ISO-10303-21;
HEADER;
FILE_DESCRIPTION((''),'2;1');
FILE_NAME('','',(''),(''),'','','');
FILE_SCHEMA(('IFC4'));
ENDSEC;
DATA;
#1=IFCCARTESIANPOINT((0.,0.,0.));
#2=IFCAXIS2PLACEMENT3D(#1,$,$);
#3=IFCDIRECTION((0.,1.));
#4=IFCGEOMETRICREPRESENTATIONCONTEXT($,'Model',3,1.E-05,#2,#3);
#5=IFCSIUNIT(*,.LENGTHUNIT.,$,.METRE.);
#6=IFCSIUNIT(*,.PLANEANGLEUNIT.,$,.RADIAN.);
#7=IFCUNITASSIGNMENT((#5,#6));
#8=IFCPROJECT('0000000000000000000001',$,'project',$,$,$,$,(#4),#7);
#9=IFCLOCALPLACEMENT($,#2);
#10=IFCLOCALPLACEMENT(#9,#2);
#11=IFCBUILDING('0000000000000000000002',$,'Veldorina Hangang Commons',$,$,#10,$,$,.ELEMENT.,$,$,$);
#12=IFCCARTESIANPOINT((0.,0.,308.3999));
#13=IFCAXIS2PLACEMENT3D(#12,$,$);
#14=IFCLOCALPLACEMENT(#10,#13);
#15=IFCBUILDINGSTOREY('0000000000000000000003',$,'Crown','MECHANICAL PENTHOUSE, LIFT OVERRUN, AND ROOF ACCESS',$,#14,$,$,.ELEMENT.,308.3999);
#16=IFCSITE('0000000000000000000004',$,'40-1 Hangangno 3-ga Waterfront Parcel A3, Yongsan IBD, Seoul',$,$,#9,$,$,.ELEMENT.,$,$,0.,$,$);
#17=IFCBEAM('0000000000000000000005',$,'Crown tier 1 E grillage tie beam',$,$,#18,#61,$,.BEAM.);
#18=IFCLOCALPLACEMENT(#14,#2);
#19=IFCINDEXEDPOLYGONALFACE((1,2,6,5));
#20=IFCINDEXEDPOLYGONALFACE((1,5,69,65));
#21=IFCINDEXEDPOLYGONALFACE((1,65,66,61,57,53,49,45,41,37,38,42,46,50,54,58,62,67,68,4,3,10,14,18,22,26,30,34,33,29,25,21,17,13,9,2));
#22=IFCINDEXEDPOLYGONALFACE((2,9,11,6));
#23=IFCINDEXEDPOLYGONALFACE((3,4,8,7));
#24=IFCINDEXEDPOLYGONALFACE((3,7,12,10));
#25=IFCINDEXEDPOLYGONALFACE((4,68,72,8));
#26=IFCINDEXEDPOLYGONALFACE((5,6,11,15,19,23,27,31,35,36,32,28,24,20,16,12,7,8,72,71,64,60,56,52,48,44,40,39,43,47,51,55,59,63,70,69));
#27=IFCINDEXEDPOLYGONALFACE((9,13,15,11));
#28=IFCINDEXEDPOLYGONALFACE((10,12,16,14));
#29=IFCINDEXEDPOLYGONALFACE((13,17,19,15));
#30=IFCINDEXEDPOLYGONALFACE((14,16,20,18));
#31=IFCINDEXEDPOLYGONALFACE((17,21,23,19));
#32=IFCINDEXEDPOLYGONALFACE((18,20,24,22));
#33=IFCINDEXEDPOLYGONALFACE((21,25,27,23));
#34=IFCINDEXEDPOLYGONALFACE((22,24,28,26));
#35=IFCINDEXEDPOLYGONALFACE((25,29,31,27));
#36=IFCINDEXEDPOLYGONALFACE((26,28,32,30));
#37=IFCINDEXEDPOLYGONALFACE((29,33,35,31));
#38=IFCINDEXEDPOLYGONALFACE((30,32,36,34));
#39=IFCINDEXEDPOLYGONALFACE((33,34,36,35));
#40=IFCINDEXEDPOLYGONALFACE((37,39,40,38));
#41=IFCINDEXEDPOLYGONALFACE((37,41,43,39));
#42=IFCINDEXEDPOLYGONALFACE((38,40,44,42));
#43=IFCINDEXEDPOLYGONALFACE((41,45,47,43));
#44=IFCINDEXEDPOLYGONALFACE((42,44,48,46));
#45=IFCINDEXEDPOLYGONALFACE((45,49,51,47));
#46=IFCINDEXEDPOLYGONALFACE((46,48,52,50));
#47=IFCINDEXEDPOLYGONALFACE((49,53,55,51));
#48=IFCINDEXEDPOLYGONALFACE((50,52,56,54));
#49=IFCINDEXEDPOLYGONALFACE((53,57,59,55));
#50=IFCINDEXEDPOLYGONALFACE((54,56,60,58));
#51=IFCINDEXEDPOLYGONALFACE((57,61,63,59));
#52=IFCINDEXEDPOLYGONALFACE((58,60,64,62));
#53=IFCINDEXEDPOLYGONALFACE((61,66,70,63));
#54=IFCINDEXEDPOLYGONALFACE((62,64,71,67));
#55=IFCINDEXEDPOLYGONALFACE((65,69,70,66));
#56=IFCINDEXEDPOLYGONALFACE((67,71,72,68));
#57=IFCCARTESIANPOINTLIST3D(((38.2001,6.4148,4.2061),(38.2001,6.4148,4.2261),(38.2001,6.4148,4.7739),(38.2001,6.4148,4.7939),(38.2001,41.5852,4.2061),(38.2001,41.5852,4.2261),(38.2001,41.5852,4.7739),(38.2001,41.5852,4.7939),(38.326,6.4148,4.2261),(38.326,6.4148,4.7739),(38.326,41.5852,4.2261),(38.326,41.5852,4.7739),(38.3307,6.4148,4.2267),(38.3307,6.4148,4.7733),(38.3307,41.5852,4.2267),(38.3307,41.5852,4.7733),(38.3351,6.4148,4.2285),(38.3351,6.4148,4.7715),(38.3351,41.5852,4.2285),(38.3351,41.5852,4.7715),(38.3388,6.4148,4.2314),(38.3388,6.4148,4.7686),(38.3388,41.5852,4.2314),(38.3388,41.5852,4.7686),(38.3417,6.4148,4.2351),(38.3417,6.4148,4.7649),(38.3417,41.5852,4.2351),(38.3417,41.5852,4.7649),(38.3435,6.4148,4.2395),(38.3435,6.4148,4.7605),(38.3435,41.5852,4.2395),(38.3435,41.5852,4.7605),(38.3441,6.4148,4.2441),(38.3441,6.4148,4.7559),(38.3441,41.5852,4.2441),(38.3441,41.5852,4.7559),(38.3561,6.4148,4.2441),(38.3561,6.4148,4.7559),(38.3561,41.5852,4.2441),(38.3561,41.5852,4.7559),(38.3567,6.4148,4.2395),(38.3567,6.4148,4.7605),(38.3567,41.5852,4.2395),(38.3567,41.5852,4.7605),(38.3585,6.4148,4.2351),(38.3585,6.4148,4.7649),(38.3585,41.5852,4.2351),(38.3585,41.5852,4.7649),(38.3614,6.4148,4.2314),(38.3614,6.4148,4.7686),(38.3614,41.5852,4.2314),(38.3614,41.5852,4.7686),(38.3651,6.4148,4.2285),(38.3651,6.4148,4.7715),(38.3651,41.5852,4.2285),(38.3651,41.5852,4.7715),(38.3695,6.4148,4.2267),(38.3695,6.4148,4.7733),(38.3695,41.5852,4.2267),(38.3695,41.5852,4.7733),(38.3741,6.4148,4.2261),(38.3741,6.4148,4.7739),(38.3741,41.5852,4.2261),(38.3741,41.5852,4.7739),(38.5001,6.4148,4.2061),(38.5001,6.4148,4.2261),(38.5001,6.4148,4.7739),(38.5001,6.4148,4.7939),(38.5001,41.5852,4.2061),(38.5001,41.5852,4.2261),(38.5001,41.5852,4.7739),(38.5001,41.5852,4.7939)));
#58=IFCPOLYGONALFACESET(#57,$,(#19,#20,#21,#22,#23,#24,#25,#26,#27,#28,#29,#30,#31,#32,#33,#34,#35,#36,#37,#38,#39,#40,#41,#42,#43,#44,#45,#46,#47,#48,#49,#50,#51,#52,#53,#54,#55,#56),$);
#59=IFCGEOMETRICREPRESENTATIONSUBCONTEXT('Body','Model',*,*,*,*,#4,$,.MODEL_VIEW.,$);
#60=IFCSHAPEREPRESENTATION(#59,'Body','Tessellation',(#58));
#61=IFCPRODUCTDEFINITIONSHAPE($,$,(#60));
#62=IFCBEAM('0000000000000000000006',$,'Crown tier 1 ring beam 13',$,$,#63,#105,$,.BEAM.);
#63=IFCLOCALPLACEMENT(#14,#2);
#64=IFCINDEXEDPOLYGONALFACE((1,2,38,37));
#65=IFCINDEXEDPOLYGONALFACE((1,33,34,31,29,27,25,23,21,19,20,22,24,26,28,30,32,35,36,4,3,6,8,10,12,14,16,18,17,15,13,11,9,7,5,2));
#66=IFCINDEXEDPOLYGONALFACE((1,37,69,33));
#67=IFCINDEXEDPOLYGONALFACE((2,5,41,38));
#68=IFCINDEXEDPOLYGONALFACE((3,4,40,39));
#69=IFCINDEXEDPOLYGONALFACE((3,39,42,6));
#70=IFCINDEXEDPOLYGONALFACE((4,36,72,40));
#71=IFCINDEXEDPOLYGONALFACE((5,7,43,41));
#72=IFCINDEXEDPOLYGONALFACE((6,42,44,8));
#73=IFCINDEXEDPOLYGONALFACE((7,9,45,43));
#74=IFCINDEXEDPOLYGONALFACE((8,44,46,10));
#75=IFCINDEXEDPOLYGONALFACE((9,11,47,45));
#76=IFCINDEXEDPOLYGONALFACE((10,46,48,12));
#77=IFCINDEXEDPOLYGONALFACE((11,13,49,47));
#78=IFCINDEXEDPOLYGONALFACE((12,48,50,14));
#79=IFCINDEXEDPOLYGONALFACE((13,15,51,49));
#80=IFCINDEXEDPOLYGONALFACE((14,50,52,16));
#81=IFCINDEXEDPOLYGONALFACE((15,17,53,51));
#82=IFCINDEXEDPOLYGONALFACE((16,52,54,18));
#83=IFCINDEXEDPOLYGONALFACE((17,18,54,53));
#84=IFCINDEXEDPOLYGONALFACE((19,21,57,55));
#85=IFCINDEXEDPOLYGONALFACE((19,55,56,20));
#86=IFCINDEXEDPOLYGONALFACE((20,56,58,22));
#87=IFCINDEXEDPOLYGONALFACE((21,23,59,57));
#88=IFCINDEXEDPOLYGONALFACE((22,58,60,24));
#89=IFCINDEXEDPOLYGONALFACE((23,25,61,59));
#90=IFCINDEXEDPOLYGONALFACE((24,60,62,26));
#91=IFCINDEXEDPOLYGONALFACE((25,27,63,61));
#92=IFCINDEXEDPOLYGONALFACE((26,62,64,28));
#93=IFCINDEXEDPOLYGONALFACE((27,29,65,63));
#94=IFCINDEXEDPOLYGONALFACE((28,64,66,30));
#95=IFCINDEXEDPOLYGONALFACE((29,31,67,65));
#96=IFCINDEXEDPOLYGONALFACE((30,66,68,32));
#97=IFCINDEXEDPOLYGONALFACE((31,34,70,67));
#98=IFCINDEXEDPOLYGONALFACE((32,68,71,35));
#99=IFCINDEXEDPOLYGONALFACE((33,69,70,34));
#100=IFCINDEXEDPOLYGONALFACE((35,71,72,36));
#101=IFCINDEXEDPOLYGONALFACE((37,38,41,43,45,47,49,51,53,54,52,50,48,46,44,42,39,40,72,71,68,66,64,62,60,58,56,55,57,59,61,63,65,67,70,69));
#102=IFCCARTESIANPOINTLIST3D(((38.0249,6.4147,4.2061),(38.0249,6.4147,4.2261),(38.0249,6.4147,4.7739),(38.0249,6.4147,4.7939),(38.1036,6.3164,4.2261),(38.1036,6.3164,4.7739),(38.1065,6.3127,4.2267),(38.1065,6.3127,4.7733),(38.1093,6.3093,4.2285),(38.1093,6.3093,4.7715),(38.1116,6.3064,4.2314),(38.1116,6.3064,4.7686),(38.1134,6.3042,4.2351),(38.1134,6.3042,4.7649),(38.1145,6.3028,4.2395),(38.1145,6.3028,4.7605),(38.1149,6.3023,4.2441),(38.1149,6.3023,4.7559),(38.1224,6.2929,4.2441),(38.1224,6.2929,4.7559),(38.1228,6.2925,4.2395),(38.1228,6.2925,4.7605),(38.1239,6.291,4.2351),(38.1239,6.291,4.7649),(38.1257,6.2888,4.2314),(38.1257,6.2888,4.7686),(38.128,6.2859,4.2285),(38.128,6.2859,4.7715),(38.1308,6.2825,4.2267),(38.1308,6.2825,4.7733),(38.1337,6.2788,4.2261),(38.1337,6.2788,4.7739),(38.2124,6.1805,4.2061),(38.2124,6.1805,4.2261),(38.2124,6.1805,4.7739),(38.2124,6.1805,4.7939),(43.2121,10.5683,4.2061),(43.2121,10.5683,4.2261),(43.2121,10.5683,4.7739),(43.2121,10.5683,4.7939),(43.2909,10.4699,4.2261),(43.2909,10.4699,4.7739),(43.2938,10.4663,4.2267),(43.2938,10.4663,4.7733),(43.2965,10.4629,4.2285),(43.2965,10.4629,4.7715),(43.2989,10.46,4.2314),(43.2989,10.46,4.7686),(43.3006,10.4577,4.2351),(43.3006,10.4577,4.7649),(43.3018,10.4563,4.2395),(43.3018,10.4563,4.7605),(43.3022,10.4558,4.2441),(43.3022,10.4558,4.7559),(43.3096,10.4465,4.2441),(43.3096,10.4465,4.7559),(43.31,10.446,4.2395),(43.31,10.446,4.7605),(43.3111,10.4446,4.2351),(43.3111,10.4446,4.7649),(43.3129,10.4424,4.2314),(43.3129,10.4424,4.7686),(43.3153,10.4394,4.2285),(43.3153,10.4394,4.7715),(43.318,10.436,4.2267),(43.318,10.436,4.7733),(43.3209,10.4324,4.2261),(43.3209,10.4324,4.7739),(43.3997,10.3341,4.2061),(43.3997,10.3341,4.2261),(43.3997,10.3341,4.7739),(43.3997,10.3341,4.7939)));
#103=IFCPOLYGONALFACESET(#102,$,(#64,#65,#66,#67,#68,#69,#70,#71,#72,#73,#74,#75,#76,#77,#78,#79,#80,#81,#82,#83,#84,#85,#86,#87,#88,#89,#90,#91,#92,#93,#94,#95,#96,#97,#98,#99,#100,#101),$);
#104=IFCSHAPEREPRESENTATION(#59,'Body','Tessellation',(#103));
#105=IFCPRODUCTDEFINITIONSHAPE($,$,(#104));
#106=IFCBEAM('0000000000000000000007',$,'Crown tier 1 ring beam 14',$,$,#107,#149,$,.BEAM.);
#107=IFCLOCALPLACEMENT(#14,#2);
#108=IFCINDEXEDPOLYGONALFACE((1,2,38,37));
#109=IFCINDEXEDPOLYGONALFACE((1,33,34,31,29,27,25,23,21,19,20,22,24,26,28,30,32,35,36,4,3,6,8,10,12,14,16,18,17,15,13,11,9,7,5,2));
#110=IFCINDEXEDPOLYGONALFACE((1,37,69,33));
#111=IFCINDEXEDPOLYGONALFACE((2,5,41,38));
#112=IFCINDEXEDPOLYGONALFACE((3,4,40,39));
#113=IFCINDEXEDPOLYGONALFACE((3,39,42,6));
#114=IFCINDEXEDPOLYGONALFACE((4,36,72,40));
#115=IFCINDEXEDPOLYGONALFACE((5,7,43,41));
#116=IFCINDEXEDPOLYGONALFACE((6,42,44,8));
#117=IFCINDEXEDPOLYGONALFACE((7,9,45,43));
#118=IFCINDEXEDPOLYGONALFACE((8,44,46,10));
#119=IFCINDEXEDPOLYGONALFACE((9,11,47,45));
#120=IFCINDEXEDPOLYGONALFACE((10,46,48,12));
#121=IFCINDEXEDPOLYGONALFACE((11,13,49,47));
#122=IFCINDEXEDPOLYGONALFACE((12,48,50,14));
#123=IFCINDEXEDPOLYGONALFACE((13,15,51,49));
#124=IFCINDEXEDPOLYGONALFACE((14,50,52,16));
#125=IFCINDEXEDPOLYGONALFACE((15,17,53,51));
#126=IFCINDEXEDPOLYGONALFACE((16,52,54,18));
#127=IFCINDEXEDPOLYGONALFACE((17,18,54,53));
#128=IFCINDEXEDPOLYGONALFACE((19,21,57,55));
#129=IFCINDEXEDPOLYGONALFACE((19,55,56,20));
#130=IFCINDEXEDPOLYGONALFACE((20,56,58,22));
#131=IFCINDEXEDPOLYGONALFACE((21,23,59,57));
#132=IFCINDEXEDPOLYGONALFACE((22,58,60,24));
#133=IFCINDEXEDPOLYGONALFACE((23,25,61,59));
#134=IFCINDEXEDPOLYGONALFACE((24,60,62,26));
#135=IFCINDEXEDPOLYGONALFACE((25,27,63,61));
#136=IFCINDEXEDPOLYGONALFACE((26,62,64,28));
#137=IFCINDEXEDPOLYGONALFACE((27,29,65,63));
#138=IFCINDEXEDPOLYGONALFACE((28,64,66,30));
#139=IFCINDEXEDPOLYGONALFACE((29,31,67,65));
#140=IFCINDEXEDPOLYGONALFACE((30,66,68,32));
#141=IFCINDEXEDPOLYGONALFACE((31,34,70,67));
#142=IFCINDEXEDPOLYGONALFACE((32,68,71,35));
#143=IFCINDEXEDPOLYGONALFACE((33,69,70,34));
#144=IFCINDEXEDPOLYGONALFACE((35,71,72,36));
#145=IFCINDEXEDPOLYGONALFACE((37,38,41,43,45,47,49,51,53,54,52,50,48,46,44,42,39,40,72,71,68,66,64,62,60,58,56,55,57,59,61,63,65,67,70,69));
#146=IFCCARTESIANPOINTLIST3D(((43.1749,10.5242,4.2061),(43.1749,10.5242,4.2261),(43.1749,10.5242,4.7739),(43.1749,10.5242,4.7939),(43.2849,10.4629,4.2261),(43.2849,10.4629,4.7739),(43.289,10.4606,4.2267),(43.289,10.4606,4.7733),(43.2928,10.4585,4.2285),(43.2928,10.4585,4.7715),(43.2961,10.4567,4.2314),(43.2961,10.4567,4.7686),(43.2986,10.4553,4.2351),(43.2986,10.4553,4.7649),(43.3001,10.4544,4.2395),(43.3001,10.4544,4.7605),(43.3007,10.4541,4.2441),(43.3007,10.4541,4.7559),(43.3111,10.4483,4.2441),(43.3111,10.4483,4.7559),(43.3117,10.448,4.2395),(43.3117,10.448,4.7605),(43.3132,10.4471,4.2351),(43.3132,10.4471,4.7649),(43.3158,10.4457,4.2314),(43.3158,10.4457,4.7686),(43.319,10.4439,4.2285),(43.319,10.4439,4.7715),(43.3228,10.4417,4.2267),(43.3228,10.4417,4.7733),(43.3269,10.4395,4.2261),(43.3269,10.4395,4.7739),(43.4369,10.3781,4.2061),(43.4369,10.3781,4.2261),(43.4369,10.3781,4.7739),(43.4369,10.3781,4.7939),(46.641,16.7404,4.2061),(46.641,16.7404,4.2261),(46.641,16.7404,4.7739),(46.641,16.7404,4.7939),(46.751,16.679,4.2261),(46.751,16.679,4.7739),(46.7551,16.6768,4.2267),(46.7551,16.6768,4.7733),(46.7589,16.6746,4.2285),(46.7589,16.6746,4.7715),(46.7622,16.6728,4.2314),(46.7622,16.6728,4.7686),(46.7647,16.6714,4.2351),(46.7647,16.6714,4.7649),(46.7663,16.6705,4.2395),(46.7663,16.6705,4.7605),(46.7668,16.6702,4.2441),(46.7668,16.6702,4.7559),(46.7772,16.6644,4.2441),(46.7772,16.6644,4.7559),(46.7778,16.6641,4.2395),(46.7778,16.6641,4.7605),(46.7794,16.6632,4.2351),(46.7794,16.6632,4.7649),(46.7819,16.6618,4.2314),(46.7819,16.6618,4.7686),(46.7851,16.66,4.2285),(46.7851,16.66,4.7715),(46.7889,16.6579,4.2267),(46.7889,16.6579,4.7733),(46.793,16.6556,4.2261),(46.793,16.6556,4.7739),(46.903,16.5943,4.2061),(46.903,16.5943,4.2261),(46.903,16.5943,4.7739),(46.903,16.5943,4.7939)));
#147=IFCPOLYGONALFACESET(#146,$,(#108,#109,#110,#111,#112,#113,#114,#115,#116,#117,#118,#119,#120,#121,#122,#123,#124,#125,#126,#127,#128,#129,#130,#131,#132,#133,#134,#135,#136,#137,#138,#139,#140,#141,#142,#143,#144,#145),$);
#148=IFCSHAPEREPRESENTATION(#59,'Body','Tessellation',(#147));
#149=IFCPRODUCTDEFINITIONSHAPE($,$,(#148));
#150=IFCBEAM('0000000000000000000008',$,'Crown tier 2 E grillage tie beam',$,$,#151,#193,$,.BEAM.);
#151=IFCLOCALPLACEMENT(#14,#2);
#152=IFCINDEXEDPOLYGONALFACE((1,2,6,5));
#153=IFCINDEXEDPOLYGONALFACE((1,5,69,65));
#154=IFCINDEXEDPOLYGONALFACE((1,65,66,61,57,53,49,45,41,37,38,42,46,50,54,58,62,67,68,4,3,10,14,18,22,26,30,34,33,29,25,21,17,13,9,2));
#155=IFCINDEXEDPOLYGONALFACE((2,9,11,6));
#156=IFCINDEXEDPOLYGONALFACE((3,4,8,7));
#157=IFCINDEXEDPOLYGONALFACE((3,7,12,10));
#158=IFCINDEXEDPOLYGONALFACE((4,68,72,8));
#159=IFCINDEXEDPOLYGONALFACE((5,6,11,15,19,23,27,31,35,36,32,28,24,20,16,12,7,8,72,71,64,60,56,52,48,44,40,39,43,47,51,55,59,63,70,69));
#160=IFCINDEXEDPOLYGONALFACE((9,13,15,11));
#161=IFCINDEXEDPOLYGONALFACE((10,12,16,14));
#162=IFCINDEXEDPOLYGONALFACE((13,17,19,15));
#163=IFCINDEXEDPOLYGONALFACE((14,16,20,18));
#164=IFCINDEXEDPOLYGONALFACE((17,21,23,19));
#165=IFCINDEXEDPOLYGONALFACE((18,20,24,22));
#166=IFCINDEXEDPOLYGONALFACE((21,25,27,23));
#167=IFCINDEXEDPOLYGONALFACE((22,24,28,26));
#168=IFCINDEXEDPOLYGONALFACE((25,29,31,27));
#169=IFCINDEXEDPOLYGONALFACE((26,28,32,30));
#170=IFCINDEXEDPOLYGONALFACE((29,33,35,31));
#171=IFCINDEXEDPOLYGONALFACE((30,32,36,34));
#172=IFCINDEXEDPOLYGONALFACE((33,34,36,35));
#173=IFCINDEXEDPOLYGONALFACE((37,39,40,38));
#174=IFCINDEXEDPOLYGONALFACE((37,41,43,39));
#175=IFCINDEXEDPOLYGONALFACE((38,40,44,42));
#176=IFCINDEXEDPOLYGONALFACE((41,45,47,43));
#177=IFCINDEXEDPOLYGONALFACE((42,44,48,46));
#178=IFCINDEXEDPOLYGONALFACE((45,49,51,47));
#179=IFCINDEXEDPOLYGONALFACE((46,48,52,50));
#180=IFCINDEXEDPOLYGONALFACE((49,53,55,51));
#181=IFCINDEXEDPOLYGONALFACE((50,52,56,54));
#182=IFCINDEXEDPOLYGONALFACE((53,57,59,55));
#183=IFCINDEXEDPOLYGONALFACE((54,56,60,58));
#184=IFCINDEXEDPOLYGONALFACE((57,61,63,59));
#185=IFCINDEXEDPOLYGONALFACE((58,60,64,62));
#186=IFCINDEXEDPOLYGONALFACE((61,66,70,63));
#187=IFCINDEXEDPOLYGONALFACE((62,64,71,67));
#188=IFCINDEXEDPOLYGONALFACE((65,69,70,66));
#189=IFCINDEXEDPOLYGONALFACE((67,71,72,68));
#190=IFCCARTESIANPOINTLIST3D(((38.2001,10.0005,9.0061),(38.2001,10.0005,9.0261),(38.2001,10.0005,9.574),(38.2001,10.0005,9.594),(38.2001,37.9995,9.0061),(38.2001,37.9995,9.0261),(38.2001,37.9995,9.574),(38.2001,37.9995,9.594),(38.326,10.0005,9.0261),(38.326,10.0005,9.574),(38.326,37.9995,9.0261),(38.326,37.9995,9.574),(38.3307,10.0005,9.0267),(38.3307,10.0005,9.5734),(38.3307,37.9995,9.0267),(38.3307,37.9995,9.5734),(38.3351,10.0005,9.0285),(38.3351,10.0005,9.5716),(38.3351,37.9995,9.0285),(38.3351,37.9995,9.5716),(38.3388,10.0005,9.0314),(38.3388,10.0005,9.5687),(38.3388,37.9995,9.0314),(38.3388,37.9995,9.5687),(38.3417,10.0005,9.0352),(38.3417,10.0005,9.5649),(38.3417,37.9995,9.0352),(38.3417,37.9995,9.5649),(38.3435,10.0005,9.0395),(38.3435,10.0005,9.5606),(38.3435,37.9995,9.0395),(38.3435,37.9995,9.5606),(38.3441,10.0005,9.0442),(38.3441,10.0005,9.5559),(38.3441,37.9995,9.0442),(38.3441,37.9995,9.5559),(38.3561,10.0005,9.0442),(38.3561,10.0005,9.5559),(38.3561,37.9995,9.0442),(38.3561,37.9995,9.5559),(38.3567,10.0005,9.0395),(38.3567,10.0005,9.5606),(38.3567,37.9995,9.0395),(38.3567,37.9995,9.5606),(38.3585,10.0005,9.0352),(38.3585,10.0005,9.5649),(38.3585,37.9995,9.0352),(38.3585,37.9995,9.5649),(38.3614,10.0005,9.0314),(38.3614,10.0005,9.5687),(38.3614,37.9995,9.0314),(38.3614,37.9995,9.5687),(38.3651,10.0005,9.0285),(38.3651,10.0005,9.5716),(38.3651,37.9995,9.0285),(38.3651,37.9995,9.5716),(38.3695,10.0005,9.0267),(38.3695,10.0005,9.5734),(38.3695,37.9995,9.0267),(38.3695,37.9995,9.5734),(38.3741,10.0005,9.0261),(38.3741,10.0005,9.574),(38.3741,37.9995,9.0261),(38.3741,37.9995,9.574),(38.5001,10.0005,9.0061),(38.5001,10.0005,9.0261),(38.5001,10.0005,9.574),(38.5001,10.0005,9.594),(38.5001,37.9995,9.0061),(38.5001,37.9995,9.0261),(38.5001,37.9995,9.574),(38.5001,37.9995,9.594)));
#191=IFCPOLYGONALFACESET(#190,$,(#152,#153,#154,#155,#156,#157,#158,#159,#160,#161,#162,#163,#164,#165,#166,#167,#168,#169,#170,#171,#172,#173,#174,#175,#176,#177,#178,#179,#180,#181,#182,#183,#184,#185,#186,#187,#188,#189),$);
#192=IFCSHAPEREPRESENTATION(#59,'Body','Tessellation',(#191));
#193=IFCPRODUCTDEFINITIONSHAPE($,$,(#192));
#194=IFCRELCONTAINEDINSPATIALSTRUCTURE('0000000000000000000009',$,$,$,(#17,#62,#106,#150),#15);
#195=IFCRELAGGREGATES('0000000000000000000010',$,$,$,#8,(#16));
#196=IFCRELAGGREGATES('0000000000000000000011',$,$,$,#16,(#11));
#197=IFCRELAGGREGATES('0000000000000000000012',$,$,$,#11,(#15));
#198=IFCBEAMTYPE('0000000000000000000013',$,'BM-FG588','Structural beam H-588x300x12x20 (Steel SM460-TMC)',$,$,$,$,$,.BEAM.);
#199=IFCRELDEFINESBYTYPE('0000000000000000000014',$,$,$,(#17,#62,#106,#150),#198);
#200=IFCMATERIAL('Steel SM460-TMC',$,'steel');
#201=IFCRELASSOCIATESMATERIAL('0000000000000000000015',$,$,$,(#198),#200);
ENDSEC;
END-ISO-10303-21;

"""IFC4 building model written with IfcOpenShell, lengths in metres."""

from ifc_helpers import new_model, si_unit, direction, frame, origin, origin_2d, place, context, subcontext, project, spatial, i_section, extrude, material, material_profile, profile_set, type_object, element, save


model = new_model("IFC4")

# Units and contexts
model_context = context("Model", 3, precision=1e-05, world=origin(), true_north=direction((0.0, 1.0)))
body_context = subcontext(model_context, "Body", "Model", "MODEL_VIEW")
ifc_project = project(units=[si_unit("LENGTHUNIT", "METRE"), si_unit("PLANEANGLEUNIT", "RADIAN")], contexts=[model_context])

# Site, building, storey
site_placement = place(None, origin())
site = spatial("IfcSite", under=ifc_project, at=site_placement, Name="40-1 Hangangno 3-ga Waterfront Parcel A3, Yongsan IBD, Seoul", CompositionType="ELEMENT", RefElevation=0.0)
building_placement = place(site_placement, origin())
building = spatial("IfcBuilding", under=site, at=building_placement, Name="Veldorina Hangang Commons", CompositionType="ELEMENT")
storey_placement = place(building_placement, frame((0.0, 0.0, 308.3999)))
storey = spatial("IfcBuildingStorey", under=building, at=storey_placement, Name="Crown", Description="MECHANICAL PENTHOUSE, LIFT OVERRUN, AND ROOF ACCESS", CompositionType="ELEMENT", Elevation=308.3999)

# Beams
ifc_material_1 = material(Name="Steel SM460-TMC", Category="steel")
ifc_material_profile_1 = material_profile(ifc_material_1, i_section(OverallWidth=0.3, OverallDepth=0.5879, WebThickness=0.012, FlangeThickness=0.02, FilletRadius=0.0181, at=origin_2d()), Name="H-588x300x12x20")
ifc_profile_set_1 = profile_set([ifc_material_profile_1], Name="Steel SM460-TMC")
beam_type = type_object("IfcBeamType", Name="BM-FG588", Description="Structural beam H-588x300x12x20 (Steel SM460-TMC)", PredefinedType="BEAM", material=ifc_profile_set_1)
beam_1_placement = place(storey_placement, frame((38.3501, 6.4148, 4.5), z_axis=(0.0, 1.0, 0.0), x_axis=(-1.0, 0.0, 0.0)))
element("IfcBeam", 1, at=beam_1_placement, inside=storey, type_object=beam_type, Name="Crown tier 1 E grillage tie beam", PredefinedType="BEAM", context=body_context, shape_type="SweptSolid", body=[
    extrude(i_section(OverallWidth=0.3, OverallDepth=0.5879, WebThickness=0.012, FlangeThickness=0.02, FilletRadius=0.0181, at=origin_2d()), origin(), (0.0, 0.0, 1.0), 35.1704),
])
beam_2_placement = place(storey_placement, frame((38.1187, 6.2976, 4.5), z_axis=(0.780593, 0.62504, 0.0), x_axis=(-0.62504, 0.780593, 0.0)))
element("IfcBeam", 2, at=beam_2_placement, inside=storey, type_object=beam_type, Name="Crown tier 1 ring beam 13", PredefinedType="BEAM", context=body_context, shape_type="SweptSolid", body=[
    extrude(i_section(OverallWidth=0.3, OverallDepth=0.5879, WebThickness=0.012, FlangeThickness=0.02, FilletRadius=0.0181, at=origin_2d()), origin(), (0.0, 0.0, 1.0), 6.6453),
])
beam_3_placement = place(storey_placement, frame((43.3059, 10.4512, 4.5), z_axis=(0.487005, 0.873399, 0.0), x_axis=(-0.873399, 0.487005, 0.0)))
element("IfcBeam", 3, at=beam_3_placement, inside=storey, type_object=beam_type, Name="Crown tier 1 ring beam 14", PredefinedType="BEAM", context=body_context, shape_type="SweptSolid", body=[
    extrude(i_section(OverallWidth=0.3, OverallDepth=0.5879, WebThickness=0.012, FlangeThickness=0.02, FilletRadius=0.0181, at=origin_2d()), origin(), (0.0, 0.0, 1.0), 7.1172),
])
beam_4_placement = place(storey_placement, frame((38.3501, 10.0005, 9.3), z_axis=(0.0, 1.0, 0.0), x_axis=(-1.0, 0.0, 0.0)))
element("IfcBeam", 4, at=beam_4_placement, inside=storey, type_object=beam_type, Name="Crown tier 2 E grillage tie beam", PredefinedType="BEAM", context=body_context, shape_type="SweptSolid", body=[
    extrude(i_section(OverallWidth=0.3, OverallDepth=0.5879, WebThickness=0.012, FlangeThickness=0.02, FilletRadius=0.0181, at=origin_2d()), origin(), (0.0, 0.0, 1.0), 27.999),
])

save(model, "model.ifc")
